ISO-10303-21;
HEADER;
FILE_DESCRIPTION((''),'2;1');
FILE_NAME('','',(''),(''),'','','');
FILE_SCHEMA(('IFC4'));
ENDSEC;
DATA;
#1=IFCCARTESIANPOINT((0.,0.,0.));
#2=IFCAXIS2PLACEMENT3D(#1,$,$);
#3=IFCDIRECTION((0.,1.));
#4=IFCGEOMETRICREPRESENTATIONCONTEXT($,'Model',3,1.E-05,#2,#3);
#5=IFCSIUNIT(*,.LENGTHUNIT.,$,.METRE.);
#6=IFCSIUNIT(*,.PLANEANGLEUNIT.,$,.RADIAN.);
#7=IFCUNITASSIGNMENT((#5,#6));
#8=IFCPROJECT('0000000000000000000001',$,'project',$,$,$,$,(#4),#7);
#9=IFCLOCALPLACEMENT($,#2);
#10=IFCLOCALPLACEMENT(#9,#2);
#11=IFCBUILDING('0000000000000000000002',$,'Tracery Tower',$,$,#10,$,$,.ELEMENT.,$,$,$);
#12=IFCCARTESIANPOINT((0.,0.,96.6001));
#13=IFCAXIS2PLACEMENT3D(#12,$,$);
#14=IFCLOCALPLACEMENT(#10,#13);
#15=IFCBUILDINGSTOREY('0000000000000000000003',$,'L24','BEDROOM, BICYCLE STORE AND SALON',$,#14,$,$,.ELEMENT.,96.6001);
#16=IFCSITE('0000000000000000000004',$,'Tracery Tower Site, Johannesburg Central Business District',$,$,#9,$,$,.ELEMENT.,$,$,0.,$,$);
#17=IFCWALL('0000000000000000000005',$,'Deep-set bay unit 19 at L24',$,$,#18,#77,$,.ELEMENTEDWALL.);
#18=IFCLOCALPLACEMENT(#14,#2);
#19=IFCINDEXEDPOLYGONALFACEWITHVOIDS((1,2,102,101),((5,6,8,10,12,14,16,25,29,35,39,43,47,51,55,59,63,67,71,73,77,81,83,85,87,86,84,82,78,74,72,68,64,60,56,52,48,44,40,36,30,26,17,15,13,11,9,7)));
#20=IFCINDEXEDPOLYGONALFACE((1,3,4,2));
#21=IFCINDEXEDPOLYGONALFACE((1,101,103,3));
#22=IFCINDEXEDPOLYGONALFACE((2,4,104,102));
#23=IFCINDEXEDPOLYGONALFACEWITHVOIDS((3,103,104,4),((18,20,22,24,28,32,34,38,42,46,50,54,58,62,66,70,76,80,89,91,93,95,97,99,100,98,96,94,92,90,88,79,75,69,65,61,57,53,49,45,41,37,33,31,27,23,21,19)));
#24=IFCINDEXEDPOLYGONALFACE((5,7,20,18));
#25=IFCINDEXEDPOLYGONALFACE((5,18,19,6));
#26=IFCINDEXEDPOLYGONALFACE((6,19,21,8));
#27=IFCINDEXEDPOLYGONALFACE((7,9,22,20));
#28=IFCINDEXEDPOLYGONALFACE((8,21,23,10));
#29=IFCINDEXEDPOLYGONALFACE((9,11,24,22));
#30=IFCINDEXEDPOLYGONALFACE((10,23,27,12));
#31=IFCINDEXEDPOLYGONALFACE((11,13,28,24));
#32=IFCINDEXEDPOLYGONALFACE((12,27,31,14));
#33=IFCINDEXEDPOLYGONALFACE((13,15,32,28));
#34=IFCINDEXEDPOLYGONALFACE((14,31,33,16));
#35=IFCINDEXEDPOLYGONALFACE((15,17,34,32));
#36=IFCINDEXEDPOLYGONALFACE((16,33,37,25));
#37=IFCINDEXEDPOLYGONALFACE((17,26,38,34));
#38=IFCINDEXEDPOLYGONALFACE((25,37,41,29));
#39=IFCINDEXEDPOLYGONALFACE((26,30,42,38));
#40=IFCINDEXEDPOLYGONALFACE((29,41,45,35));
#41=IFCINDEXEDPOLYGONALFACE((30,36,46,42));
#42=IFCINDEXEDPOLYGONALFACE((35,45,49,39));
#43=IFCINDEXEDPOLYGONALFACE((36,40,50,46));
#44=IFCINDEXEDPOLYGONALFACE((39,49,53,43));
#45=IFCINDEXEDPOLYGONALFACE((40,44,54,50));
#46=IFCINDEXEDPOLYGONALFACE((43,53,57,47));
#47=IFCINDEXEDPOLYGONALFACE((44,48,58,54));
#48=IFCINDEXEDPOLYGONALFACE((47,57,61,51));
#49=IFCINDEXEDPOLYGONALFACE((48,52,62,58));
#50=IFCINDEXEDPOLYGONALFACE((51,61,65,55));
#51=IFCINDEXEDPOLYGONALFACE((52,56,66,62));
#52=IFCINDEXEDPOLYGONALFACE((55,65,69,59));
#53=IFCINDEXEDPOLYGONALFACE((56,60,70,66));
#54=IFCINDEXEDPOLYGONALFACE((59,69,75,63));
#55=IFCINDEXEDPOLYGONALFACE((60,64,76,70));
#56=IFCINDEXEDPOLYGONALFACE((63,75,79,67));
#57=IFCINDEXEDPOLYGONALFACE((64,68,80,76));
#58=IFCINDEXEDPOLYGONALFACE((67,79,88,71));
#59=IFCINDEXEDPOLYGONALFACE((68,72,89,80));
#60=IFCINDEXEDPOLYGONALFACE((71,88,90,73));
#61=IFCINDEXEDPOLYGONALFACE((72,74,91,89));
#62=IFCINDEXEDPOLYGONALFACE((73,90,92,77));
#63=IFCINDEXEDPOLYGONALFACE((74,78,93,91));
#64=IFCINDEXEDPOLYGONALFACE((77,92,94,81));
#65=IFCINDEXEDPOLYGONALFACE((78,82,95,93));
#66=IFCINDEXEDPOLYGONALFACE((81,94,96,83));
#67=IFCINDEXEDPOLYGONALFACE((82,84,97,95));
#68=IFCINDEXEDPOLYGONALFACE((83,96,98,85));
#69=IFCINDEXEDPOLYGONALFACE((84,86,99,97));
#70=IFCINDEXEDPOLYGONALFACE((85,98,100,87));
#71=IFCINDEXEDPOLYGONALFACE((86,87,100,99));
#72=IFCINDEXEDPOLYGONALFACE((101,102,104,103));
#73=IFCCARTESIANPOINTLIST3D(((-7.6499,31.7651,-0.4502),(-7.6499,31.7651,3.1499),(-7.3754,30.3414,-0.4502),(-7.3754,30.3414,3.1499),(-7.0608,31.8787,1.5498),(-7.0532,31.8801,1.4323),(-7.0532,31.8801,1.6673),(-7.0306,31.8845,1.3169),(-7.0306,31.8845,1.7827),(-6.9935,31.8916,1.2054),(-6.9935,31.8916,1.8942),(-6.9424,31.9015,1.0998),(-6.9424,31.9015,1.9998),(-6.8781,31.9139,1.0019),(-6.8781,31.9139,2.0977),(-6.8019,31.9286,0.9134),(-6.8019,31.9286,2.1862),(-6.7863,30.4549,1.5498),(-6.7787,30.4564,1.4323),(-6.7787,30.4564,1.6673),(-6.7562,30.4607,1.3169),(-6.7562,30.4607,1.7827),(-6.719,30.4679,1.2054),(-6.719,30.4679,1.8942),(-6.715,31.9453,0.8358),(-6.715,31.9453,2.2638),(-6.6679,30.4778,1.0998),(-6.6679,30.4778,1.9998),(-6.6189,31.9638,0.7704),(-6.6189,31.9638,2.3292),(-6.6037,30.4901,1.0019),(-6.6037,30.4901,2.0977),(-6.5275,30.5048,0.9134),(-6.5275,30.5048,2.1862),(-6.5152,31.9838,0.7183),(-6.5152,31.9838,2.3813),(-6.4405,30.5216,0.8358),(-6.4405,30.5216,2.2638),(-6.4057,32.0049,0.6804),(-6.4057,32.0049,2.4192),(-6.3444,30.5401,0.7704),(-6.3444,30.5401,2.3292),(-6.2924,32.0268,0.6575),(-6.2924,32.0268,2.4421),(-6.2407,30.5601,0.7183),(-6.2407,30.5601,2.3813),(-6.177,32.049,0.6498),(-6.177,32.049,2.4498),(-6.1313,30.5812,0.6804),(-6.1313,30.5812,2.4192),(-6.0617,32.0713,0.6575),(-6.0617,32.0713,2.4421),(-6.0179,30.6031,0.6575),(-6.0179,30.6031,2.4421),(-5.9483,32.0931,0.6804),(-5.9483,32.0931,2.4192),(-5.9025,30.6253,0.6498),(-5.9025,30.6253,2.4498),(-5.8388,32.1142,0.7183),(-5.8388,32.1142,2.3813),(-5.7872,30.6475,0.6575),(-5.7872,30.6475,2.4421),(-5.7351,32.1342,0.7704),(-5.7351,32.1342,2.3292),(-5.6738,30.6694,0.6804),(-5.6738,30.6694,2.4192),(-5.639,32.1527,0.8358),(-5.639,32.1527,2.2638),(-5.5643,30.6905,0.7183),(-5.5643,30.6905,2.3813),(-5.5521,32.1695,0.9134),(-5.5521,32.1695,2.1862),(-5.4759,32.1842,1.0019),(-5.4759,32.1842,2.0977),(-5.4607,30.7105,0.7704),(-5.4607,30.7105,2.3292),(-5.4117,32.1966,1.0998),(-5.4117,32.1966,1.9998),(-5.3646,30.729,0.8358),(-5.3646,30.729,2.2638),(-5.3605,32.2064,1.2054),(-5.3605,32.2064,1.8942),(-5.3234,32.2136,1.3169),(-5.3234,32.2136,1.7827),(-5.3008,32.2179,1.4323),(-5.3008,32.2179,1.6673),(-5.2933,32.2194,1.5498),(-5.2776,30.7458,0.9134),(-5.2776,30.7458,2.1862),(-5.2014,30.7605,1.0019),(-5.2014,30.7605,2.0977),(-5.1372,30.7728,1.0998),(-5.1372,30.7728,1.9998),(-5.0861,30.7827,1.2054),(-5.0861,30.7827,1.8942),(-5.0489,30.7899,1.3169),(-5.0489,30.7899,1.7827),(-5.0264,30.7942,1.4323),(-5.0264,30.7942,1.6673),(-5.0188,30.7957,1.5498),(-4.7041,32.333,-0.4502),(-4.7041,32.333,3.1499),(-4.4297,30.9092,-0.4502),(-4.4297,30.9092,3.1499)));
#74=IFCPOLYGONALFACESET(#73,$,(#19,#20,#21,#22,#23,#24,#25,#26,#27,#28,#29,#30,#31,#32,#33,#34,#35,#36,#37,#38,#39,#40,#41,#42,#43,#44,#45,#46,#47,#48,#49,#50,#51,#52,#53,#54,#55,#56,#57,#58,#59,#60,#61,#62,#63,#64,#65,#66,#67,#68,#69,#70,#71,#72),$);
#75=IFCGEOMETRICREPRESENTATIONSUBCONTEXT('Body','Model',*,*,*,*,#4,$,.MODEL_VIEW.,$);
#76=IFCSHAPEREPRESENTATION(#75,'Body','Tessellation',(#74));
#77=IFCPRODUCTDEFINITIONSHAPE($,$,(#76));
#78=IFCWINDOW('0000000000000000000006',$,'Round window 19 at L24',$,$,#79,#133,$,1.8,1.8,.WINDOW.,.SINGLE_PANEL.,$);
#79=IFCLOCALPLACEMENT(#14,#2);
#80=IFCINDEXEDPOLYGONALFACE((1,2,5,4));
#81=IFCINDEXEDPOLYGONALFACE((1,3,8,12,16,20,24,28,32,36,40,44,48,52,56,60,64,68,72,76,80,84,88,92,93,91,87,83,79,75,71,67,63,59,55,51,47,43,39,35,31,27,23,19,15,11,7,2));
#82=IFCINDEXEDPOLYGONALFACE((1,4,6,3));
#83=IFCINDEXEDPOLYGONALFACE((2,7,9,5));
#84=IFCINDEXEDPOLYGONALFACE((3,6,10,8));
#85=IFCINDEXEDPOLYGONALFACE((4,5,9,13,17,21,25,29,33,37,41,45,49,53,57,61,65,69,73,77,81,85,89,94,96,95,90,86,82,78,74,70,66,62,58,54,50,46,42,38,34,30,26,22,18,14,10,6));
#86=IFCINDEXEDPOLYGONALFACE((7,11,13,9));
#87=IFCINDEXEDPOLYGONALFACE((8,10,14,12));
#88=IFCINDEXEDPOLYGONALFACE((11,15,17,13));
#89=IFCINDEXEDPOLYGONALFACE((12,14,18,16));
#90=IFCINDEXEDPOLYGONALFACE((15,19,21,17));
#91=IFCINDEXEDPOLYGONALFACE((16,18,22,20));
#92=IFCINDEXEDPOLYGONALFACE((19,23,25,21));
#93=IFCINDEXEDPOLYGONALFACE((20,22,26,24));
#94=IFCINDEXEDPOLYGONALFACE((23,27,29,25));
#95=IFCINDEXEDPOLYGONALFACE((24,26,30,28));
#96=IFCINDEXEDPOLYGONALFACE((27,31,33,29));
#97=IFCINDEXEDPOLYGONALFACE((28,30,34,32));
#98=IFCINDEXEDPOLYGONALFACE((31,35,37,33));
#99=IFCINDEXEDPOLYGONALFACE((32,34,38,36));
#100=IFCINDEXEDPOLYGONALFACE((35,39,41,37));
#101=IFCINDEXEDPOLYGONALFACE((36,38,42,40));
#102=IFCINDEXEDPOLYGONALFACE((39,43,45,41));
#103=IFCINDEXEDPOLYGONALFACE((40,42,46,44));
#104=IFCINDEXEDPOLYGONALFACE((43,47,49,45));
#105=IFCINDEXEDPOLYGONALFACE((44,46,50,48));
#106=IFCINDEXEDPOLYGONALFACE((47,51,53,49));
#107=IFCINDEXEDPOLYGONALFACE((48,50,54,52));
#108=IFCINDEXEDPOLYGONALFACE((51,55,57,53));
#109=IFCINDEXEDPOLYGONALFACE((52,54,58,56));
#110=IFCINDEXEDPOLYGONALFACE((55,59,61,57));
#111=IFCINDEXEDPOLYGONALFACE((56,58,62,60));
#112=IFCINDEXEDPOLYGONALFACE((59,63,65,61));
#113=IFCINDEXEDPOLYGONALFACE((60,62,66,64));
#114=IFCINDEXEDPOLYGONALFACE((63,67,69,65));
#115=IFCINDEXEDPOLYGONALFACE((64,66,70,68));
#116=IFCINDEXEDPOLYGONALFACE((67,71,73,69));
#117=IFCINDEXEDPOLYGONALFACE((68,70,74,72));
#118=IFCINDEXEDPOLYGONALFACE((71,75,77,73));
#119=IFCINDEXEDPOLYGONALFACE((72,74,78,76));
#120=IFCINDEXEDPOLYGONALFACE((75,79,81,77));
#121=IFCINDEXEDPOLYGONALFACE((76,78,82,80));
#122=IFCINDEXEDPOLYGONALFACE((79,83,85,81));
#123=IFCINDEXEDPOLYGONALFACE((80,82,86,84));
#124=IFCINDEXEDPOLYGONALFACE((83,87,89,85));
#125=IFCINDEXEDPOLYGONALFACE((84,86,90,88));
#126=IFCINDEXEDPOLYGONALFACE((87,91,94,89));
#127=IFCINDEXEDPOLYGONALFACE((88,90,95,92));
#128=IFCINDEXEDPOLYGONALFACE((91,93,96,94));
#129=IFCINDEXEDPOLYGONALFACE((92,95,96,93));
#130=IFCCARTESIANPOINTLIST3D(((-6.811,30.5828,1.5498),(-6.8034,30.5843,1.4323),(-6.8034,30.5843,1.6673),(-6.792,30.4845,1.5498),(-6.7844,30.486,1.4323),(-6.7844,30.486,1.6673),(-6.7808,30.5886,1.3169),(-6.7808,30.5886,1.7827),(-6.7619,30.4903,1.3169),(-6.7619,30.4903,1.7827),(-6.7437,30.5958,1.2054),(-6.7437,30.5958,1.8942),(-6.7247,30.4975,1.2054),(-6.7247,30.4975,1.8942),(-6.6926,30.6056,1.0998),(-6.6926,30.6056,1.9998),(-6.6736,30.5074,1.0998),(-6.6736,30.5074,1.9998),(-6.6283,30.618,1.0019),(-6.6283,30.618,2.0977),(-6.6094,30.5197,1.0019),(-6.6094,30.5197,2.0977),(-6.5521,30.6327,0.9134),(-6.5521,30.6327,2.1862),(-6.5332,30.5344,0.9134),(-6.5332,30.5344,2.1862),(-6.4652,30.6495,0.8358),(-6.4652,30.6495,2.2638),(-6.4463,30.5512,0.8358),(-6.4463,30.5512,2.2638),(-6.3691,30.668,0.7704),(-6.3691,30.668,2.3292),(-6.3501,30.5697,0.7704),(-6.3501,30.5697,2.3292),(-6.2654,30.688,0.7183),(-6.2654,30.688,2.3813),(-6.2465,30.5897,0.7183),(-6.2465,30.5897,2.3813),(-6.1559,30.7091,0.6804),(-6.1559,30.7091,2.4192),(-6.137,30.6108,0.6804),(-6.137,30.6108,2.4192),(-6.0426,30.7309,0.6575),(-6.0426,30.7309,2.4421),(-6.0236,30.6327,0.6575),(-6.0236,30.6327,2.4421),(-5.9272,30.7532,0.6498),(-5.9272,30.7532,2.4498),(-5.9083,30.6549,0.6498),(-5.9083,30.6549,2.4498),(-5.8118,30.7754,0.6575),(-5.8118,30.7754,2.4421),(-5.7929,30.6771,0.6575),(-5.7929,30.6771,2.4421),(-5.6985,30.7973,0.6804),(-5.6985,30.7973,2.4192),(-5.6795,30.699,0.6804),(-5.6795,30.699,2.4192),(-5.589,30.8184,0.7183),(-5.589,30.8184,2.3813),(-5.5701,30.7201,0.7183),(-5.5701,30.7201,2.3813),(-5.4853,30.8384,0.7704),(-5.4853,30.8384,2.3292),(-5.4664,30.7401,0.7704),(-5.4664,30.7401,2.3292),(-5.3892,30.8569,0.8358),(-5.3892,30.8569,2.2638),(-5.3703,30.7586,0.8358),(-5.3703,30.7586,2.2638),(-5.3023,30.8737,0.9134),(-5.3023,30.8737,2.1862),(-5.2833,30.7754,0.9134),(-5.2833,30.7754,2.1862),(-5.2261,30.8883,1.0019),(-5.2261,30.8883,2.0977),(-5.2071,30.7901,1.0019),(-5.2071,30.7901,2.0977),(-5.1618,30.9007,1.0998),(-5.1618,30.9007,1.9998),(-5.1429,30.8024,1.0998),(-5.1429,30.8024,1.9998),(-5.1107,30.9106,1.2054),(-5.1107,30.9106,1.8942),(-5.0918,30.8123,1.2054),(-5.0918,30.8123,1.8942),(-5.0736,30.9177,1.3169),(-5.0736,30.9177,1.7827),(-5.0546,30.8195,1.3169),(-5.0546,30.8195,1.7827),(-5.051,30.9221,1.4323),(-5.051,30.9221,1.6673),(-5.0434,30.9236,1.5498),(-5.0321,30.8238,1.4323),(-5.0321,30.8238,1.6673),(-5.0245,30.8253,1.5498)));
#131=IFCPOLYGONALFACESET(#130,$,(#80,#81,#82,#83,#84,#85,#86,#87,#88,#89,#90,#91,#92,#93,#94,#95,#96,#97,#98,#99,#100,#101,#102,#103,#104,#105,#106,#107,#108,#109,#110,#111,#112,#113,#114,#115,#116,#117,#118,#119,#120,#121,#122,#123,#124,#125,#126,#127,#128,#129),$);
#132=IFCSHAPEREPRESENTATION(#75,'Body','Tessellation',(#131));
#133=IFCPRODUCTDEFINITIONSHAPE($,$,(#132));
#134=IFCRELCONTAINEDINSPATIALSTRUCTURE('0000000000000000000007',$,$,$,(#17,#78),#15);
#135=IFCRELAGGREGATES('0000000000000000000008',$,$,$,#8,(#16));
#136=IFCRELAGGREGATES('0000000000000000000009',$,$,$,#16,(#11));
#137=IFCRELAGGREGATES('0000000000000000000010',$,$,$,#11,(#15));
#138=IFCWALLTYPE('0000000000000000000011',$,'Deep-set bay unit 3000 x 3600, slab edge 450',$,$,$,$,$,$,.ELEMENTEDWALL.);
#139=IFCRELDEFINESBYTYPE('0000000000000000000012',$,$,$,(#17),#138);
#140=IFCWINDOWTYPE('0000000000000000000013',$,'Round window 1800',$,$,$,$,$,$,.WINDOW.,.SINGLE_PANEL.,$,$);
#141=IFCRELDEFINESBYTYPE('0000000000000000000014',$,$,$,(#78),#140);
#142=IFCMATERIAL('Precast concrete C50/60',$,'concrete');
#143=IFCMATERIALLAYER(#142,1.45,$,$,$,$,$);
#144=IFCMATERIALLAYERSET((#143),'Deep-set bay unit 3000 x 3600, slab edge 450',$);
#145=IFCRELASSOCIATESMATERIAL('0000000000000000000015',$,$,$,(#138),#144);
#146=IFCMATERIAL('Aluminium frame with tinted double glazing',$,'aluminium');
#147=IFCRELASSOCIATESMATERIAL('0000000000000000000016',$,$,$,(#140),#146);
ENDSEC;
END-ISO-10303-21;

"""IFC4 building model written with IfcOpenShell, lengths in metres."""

from ifc_helpers import new_model, si_unit, direction, frame, frame_2d, origin, origin_2d, place, context, subcontext, project, spatial, rectangle, circle, extrude, material, layer, layer_set, type_object, element, fill, save


model = new_model("IFC4")

# Units and contexts
model_context = context("Model", 3, precision=1e-05, world=origin(), true_north=direction((0.0, 1.0)))
body_context = subcontext(model_context, "Body", "Model", "MODEL_VIEW")
ifc_project = project(units=[si_unit("LENGTHUNIT", "METRE"), si_unit("PLANEANGLEUNIT", "RADIAN")], contexts=[model_context])

# Site, building, storey
site_placement = place(None, origin())
site = spatial("IfcSite", under=ifc_project, at=site_placement, Name="Tracery Tower Site, Johannesburg Central Business District", CompositionType="ELEMENT", RefElevation=0.0)
building_placement = place(site_placement, origin())
building = spatial("IfcBuilding", under=site, at=building_placement, Name="Tracery Tower", CompositionType="ELEMENT")
storey_placement = place(building_placement, frame((0.0, 0.0, 96.6001)))
storey = spatial("IfcBuildingStorey", under=building, at=storey_placement, Name="L24", Description="BEDROOM, BICYCLE STORE AND SALON", CompositionType="ELEMENT", Elevation=96.6001)

# Wall, opening, window
ifc_material_1 = material(Name="Precast concrete C50/60", Category="concrete")
ifc_layer_1 = layer(ifc_material_1, 1.45)
ifc_layer_set_1 = layer_set([ifc_layer_1], Name="Deep-set bay unit 3000 x 3600, slab edge 450")
wall_type_1 = type_object("IfcWallType", Name="Deep-set bay unit 3000 x 3600, slab edge 450", PredefinedType="ELEMENTEDWALL", material=ifc_layer_set_1)
wall_1_placement = place(storey_placement, frame((-4.5669, 31.6211, -0.4502), z_axis=(0.0, 0.0, 1.0), x_axis=(-0.981922, -0.189288, 0.0)))
wall_1 = element("IfcWall", 1, at=wall_1_placement, inside=storey, type_object=wall_type_1, Name="Deep-set bay unit 19 at L24", PredefinedType="ELEMENTEDWALL", context=body_context, shape_type="SweptSolid", body=[
    extrude(rectangle(XDim=3.0, YDim=1.45, at=frame_2d((1.5, 0.0))), origin(), (0.0, 0.0, 1.0), 3.6001),
])
opening_1_placement = place(wall_1_placement, frame((1.5, 0.0, 2.0)))
opening_1 = element("IfcOpeningElement", 2, at=opening_1_placement, cuts=wall_1, PredefinedType="OPENING", context=body_context, shape_type="SweptSolid", body=[
    extrude(circle(Radius=0.9, at=origin_2d()), frame((0.0, 0.7349, 0.0), z_axis=(0.0, -1.0, 0.0), x_axis=(1.0, 0.0, 0.0)), (0.0, 0.0, 1.0), 1.47),
])
ifc_material_2 = material(Name="Aluminium frame with tinted double glazing", Category="aluminium")
window_type = type_object("IfcWindowType", Name="Round window 1800", PartitioningType="SINGLE_PANEL", PredefinedType="WINDOW", material=ifc_material_2)
window_1_placement = place(opening_1_placement, origin())
window_1 = element("IfcWindow", 3, at=window_1_placement, inside=storey, type_object=window_type, Name="Round window 19 at L24", OverallHeight=1.8, OverallWidth=1.8, PartitioningType="SINGLE_PANEL", PredefinedType="WINDOW", context=body_context, shape_type="SweptSolid", body=[
    extrude(circle(Radius=0.9, at=origin_2d()), frame((0.0, 0.6948, 0.0), z_axis=(0.0, -1.0, 0.0), x_axis=(1.0, 0.0, 0.0)), (0.0, 0.0, 1.0), 0.1001),
])
fill(opening_1, window_1)

save(model, "model.ifc")
